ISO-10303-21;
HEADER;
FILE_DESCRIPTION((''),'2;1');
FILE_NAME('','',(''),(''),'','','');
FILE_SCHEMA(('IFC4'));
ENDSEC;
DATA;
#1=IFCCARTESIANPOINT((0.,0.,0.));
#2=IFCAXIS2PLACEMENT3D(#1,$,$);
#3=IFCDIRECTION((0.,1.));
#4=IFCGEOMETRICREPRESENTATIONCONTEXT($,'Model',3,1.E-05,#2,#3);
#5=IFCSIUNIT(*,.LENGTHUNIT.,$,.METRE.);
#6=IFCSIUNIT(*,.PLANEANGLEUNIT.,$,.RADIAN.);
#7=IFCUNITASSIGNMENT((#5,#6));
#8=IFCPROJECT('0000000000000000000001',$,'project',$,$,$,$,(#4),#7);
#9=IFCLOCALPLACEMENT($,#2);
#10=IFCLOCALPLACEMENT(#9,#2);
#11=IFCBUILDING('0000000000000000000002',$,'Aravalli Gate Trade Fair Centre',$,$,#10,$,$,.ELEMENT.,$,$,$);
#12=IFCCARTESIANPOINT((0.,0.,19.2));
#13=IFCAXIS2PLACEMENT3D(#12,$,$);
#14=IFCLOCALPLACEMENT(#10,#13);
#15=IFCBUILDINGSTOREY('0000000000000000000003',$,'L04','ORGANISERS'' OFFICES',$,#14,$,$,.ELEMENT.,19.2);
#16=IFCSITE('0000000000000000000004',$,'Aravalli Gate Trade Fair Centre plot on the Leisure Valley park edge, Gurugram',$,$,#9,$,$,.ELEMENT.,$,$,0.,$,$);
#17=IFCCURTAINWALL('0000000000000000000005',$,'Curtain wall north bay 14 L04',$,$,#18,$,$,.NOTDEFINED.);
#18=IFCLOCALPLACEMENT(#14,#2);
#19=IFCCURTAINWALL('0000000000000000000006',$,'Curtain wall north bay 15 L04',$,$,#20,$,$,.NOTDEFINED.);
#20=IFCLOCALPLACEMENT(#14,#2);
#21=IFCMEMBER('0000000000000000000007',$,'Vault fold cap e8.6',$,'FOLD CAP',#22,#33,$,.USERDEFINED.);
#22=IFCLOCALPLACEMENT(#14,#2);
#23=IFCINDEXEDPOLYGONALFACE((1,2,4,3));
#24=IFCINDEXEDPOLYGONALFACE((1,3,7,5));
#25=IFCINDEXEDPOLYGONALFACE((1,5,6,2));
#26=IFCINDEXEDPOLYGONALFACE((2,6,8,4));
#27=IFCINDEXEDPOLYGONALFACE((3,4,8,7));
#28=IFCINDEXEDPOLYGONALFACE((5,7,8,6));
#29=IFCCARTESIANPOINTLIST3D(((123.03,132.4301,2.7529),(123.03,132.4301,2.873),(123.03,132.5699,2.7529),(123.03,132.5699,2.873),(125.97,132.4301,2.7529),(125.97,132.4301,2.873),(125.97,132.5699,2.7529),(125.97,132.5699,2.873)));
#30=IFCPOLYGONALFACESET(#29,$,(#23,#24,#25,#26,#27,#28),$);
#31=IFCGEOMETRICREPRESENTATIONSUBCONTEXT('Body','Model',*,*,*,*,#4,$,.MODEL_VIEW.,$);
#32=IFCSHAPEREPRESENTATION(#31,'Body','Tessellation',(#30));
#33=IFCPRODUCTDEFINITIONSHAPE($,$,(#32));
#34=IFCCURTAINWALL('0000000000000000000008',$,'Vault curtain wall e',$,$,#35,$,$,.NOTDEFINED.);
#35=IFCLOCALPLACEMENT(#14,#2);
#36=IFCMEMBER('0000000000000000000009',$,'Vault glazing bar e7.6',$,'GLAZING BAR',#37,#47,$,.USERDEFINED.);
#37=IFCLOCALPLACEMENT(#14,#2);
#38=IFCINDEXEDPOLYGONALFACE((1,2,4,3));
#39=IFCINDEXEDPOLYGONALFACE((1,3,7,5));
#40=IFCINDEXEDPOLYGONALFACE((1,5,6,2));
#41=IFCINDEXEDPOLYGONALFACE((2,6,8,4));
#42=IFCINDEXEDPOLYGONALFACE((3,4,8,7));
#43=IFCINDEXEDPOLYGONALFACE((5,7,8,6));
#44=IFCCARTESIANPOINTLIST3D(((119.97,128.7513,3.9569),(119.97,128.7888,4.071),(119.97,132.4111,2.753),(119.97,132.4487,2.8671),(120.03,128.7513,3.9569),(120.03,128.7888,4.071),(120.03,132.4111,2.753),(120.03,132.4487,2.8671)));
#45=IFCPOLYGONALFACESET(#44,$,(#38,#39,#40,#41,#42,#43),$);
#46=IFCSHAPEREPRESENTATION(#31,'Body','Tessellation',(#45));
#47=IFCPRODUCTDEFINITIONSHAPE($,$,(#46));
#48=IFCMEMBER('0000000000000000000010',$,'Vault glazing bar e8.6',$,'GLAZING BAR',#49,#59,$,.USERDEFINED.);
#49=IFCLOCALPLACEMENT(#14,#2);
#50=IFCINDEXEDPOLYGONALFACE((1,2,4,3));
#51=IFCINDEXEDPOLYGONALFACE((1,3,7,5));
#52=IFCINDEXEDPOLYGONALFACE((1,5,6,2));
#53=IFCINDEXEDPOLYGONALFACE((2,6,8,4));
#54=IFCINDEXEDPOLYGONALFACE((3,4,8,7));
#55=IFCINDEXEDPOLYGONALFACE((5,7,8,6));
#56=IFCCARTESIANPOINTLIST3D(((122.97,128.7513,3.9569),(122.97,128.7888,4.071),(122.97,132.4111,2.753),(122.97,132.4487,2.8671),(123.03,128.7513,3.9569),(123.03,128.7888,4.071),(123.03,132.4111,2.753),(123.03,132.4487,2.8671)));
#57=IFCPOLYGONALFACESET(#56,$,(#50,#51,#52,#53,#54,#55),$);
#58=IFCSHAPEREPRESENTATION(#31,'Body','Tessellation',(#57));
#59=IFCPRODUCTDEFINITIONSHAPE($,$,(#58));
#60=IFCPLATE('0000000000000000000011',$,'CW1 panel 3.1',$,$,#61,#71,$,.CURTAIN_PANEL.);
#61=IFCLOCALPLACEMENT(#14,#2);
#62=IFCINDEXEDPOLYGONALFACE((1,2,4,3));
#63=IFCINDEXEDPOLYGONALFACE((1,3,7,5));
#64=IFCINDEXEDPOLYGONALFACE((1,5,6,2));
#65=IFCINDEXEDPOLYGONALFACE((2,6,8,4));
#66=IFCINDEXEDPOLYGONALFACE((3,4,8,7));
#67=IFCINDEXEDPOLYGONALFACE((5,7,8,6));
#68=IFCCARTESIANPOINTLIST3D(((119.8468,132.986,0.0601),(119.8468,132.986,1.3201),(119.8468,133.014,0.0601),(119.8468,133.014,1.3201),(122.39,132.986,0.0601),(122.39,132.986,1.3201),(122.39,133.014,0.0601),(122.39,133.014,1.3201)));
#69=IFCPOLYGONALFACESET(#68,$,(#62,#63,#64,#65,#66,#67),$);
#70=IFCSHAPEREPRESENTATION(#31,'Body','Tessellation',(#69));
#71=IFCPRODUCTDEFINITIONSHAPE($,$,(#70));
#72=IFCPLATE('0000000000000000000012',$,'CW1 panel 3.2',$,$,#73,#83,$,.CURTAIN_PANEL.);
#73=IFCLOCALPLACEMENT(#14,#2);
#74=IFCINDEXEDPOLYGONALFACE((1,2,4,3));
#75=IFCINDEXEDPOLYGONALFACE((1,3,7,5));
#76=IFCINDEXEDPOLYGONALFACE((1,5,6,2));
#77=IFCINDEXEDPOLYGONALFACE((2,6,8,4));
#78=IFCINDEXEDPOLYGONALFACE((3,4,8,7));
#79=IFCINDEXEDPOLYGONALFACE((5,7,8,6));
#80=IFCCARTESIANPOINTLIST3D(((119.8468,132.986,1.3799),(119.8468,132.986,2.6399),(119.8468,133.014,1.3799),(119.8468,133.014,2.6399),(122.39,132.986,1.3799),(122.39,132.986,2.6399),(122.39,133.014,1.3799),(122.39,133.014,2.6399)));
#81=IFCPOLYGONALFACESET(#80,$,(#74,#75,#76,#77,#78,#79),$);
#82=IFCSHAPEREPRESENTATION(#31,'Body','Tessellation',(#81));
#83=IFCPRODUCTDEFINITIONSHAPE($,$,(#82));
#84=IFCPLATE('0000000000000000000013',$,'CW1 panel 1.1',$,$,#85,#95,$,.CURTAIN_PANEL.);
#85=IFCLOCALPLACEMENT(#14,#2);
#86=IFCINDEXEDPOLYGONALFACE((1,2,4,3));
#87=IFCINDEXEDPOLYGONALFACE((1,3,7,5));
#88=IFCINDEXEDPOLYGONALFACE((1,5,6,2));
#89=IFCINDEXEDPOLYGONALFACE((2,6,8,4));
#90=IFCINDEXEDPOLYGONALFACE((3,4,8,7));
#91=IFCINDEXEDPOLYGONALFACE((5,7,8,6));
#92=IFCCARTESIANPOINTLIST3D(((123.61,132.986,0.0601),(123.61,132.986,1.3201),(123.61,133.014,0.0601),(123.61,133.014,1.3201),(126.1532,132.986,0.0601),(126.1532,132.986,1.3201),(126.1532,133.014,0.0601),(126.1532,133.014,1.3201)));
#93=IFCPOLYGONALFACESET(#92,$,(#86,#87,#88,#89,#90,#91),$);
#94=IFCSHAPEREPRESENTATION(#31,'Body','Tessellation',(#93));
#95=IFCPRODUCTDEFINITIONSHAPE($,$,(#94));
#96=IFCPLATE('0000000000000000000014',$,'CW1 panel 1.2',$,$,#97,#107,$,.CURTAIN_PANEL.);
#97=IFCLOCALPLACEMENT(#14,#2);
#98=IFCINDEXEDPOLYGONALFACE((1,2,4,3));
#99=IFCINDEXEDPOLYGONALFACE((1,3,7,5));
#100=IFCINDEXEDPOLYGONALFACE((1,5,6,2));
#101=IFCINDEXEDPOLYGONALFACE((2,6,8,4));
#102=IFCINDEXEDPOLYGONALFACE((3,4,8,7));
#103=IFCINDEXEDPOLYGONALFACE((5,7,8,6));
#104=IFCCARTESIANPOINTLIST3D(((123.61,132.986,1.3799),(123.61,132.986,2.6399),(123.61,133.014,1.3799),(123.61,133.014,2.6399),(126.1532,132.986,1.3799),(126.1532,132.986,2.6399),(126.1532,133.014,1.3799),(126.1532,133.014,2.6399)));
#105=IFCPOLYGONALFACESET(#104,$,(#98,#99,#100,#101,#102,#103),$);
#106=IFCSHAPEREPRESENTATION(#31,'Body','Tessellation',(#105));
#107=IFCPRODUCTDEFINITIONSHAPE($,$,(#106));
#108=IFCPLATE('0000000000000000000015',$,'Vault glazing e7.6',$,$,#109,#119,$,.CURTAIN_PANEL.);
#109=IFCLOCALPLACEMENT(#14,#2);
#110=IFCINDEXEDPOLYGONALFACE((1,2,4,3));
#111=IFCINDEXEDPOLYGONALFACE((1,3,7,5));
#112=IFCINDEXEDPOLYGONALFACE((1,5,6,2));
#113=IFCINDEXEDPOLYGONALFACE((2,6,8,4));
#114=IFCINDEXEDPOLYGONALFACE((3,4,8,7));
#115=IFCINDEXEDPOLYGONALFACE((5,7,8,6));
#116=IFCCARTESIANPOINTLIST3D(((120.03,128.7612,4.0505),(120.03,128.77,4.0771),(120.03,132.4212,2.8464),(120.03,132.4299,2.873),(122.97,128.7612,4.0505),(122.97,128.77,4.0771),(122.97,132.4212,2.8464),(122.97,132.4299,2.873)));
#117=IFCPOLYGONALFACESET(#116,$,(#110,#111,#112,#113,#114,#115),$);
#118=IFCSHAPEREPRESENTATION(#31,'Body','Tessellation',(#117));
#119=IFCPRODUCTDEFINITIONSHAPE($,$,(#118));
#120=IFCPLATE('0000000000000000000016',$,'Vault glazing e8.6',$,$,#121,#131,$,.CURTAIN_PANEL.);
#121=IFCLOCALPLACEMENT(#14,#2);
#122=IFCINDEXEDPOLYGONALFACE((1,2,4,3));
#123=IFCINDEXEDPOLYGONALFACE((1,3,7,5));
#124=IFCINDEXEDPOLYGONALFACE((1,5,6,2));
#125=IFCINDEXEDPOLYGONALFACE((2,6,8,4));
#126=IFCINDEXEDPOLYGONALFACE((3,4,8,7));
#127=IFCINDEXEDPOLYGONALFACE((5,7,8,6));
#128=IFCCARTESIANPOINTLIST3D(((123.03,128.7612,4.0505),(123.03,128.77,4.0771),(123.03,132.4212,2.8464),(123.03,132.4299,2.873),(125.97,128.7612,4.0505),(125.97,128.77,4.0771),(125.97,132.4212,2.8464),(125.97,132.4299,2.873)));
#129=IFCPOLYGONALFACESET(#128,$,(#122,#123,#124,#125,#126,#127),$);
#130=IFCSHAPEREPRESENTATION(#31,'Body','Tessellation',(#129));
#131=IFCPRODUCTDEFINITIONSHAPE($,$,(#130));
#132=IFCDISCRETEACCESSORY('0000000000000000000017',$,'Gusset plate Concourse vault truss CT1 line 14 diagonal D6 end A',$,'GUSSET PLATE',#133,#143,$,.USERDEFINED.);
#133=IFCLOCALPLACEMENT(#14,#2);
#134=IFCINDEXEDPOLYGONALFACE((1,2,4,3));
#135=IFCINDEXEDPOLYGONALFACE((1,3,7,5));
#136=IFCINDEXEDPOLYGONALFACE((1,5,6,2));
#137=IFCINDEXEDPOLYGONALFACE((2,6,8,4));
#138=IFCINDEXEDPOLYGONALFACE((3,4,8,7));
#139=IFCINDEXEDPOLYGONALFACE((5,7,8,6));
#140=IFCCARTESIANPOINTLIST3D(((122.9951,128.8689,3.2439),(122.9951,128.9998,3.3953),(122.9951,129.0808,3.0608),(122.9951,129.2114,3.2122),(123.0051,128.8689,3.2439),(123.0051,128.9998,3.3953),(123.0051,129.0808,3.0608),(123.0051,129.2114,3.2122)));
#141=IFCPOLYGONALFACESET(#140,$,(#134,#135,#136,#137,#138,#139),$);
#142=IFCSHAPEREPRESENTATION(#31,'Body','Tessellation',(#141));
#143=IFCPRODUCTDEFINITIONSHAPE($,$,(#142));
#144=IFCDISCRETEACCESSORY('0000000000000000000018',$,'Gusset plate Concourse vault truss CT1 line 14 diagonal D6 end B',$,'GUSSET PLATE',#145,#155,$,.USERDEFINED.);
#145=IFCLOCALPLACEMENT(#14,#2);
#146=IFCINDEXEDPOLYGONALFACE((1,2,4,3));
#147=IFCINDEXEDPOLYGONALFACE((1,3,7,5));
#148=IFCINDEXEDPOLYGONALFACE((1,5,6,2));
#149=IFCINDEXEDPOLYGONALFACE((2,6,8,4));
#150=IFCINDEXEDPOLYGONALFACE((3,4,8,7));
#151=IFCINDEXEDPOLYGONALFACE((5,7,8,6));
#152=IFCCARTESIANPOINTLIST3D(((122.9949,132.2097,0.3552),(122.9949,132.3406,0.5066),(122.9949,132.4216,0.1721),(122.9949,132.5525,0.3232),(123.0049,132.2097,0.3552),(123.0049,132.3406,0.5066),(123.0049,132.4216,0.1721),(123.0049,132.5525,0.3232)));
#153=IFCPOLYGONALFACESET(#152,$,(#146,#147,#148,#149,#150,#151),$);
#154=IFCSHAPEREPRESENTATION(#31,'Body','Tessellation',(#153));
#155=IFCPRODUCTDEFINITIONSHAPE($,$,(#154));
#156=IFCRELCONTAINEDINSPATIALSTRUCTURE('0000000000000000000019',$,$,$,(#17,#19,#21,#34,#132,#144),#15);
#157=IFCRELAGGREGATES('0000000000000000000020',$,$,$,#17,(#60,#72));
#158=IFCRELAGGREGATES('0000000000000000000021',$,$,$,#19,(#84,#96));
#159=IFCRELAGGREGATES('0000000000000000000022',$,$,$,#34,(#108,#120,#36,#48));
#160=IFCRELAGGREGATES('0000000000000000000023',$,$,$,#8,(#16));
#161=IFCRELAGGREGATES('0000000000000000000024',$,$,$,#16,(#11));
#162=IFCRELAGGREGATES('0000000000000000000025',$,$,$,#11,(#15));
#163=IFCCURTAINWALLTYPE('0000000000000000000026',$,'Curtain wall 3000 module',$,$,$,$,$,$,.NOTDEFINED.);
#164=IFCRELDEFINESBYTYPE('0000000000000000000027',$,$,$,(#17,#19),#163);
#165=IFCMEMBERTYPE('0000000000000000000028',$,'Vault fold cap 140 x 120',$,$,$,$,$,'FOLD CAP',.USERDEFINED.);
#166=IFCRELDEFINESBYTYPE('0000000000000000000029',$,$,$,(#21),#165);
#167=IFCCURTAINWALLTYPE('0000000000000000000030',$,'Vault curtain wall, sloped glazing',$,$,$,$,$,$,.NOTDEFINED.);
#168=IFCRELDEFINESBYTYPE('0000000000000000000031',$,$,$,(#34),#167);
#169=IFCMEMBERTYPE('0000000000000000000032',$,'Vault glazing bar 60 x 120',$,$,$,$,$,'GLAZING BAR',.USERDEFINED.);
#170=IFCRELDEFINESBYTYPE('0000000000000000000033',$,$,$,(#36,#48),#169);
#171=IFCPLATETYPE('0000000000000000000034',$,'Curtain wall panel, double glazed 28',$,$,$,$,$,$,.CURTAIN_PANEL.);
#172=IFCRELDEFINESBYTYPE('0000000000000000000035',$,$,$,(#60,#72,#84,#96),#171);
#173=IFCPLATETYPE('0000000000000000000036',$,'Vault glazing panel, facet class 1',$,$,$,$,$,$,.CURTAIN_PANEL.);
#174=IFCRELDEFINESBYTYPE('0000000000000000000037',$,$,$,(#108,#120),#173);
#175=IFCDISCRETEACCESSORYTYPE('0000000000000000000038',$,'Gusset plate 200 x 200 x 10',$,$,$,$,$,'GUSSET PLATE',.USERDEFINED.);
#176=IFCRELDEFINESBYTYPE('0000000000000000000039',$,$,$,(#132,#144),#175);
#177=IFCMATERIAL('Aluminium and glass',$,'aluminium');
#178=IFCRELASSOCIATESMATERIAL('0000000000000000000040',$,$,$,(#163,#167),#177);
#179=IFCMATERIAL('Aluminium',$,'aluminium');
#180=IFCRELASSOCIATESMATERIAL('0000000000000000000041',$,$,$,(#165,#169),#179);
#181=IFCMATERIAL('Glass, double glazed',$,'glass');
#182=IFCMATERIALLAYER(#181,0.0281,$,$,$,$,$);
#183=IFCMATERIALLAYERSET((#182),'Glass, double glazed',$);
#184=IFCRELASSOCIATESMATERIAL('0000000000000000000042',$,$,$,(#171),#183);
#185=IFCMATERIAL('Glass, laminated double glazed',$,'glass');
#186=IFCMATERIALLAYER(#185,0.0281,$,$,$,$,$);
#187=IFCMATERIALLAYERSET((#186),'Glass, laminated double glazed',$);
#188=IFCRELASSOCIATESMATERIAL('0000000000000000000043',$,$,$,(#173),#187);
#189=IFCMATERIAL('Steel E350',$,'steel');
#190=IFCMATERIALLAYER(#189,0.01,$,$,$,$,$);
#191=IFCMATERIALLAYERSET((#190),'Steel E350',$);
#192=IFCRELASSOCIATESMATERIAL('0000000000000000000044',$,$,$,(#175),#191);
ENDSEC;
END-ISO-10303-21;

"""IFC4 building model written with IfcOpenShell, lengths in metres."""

from ifc_helpers import new_model, si_unit, direction, frame, origin, origin_2d, place, context, subcontext, project, spatial, polyline, rectangle, outline, extrude, material, layer, layer_set, material_profile, profile_set, type_object, element, aggregate, save


model = new_model("IFC4")

# Units and contexts
model_context = context("Model", 3, precision=1e-05, world=origin(), true_north=direction((0.0, 1.0)))
body_context = subcontext(model_context, "Body", "Model", "MODEL_VIEW")
ifc_project = project(units=[si_unit("LENGTHUNIT", "METRE"), si_unit("PLANEANGLEUNIT", "RADIAN")], contexts=[model_context])

# Site, building, storey
site_placement = place(None, origin())
site = spatial("IfcSite", under=ifc_project, at=site_placement, Name="Aravalli Gate Trade Fair Centre plot on the Leisure Valley park edge, Gurugram", CompositionType="ELEMENT", RefElevation=0.0)
building_placement = place(site_placement, origin())
building = spatial("IfcBuilding", under=site, at=building_placement, Name="Aravalli Gate Trade Fair Centre", CompositionType="ELEMENT")
storey_placement = place(building_placement, frame((0.0, 0.0, 19.2)))
storey = spatial("IfcBuildingStorey", under=building, at=storey_placement, Name="L04", Description="ORGANISERS' OFFICES", CompositionType="ELEMENT", Elevation=19.2)

# Curtain wall
ifc_material_1 = material(Name="Aluminium and glass", Category="aluminium")
curtain_wall_type_1 = type_object("IfcCurtainWallType", Name="Curtain wall 3000 module", PredefinedType="NOTDEFINED", material=ifc_material_1)
curtain_wall_1_placement = place(storey_placement, origin())
curtain_wall_1 = element("IfcCurtainWall", 1, at=curtain_wall_1_placement, inside=storey, type_object=curtain_wall_type_1, Name="Curtain wall north bay 14 L04", PredefinedType="NOTDEFINED")
ifc_material_2 = material(Name="Aluminium", Category="aluminium")

# Curtain wall
curtain_wall_2_placement = place(storey_placement, origin())
curtain_wall_2 = element("IfcCurtainWall", 2, at=curtain_wall_2_placement, inside=storey, type_object=curtain_wall_type_1, Name="Curtain wall north bay 15 L04", PredefinedType="NOTDEFINED")

# Member
ifc_material_3 = material(Name="Steel E350", Category="steel")
ifc_material_profile_1 = material_profile(ifc_material_2, rectangle(XDim=0.1399, YDim=0.1201, at=origin_2d()), Name="Vault fold cap 140 x 120")
ifc_profile_set_1 = profile_set([ifc_material_profile_1], Name="Aluminium")
member_type_1 = type_object("IfcMemberType", Name="Vault fold cap 140 x 120", ElementType="FOLD CAP", PredefinedType="USERDEFINED", material=ifc_profile_set_1)
for number, where, z_axis, x_axis, name in (
    (3, (123.03, 132.5, 2.813), (1.0, 0.0, 0.0), (0.0, 1.0, 0.0), "Vault fold cap e8.6"),
):
    element("IfcMember", number, at=place(storey_placement, frame(where, z_axis=z_axis, x_axis=x_axis)), inside=storey, type_object=member_type_1, Name=name, ObjectType="FOLD CAP", PredefinedType="USERDEFINED", context=body_context, shape_type="SweptSolid", body=[
        extrude(rectangle(XDim=0.1399, YDim=0.1201, at=origin_2d()), origin(), (0.0, 0.0, 1.0), 2.9399),
    ])

# Curtain wall, members
curtain_wall_type_2 = type_object("IfcCurtainWallType", Name="Vault curtain wall, sloped glazing", PredefinedType="NOTDEFINED", material=ifc_material_1)
curtain_wall_3_placement = place(storey_placement, origin())
curtain_wall_3 = element("IfcCurtainWall", 4, at=curtain_wall_3_placement, inside=storey, type_object=curtain_wall_type_2, Name="Vault curtain wall e", PredefinedType="NOTDEFINED")
ifc_material_profile_2 = material_profile(ifc_material_2, rectangle(XDim=0.0601, YDim=0.1201, at=origin_2d()), Name="Vault glazing bar 60 x 120")
ifc_profile_set_2 = profile_set([ifc_material_profile_2], Name="Aluminium")
member_type_2 = type_object("IfcMemberType", Name="Vault glazing bar 60 x 120", ElementType="GLAZING BAR", PredefinedType="USERDEFINED", material=ifc_profile_set_2)
member_1_placement = place(storey_placement, frame((120.0, 128.77, 4.0139), z_axis=(0.0, 0.94993, -0.312461), x_axis=(-1.0, 0.0, 0.0)))
member_1 = element("IfcMember", 5, at=member_1_placement, type_object=member_type_2, Name="Vault glazing bar e7.6", ObjectType="GLAZING BAR", PredefinedType="USERDEFINED", context=body_context, shape_type="SweptSolid", body=[
    extrude(rectangle(XDim=0.0601, YDim=0.1201, at=origin_2d()), origin(), (0.0, 0.0, 1.0), 3.8528),
])
member_2_placement = place(storey_placement, frame((123.0, 128.77, 4.0139), z_axis=(0.0, 0.94993, -0.312461), x_axis=(-1.0, 0.0, 0.0)))
member_2 = element("IfcMember", 6, at=member_2_placement, type_object=member_type_2, Name="Vault glazing bar e8.6", ObjectType="GLAZING BAR", PredefinedType="USERDEFINED", context=body_context, shape_type="SweptSolid", body=[
    extrude(rectangle(XDim=0.0601, YDim=0.1201, at=origin_2d()), origin(), (0.0, 0.0, 1.0), 3.8528),
])

# Plates
ifc_material_4 = material(Name="Glass, double glazed", Category="glass")
ifc_layer_1 = layer(ifc_material_4, 0.0281)
ifc_layer_set_1 = layer_set([ifc_layer_1], Name="Glass, double glazed")
plate_type_1 = type_object("IfcPlateType", Name="Curtain wall panel, double glazed 28", PredefinedType="CURTAIN_PANEL", material=ifc_layer_set_1)
plate_1_placement = place(storey_placement, frame((121.1184, 133.0, 0.0601), z_axis=(0.0, 0.0, 1.0), x_axis=(1.0, 0.0, 0.0)))
plate_1 = element("IfcPlate", 7, at=plate_1_placement, type_object=plate_type_1, Name="CW1 panel 3.1", PredefinedType="CURTAIN_PANEL", context=body_context, shape_type="SweptSolid", body=[
    extrude(rectangle(XDim=2.5432, YDim=0.0281, at=origin_2d()), origin(), (0.0, 0.0, 1.0), 1.26),
])
plate_2_placement = place(storey_placement, frame((121.1184, 133.0, 1.3799), z_axis=(0.0, 0.0, 1.0), x_axis=(1.0, 0.0, 0.0)))
plate_2 = element("IfcPlate", 8, at=plate_2_placement, type_object=plate_type_1, Name="CW1 panel 3.2", PredefinedType="CURTAIN_PANEL", context=body_context, shape_type="SweptSolid", body=[
    extrude(rectangle(XDim=2.5432, YDim=0.0281, at=origin_2d()), origin(), (0.0, 0.0, 1.0), 1.26),
])
aggregate(curtain_wall_1, [plate_1, plate_2])
plate_3_placement = place(storey_placement, frame((124.8816, 133.0, 0.0601), z_axis=(0.0, 0.0, 1.0), x_axis=(1.0, 0.0, 0.0)))
plate_3 = element("IfcPlate", 9, at=plate_3_placement, type_object=plate_type_1, Name="CW1 panel 1.1", PredefinedType="CURTAIN_PANEL", context=body_context, shape_type="SweptSolid", body=[
    extrude(rectangle(XDim=2.5432, YDim=0.0281, at=origin_2d()), origin(), (0.0, 0.0, 1.0), 1.26),
])
plate_4_placement = place(storey_placement, frame((124.8816, 133.0, 1.3799), z_axis=(0.0, 0.0, 1.0), x_axis=(1.0, 0.0, 0.0)))
plate_4 = element("IfcPlate", 10, at=plate_4_placement, type_object=plate_type_1, Name="CW1 panel 1.2", PredefinedType="CURTAIN_PANEL", context=body_context, shape_type="SweptSolid", body=[
    extrude(rectangle(XDim=2.5432, YDim=0.0281, at=origin_2d()), origin(), (0.0, 0.0, 1.0), 1.26),
])
aggregate(curtain_wall_2, [plate_3, plate_4])
ifc_material_5 = material(Name="Glass, laminated double glazed", Category="glass")
ifc_layer_2 = layer(ifc_material_5, 0.0281)
ifc_layer_set_2 = layer_set([ifc_layer_2], Name="Glass, laminated double glazed")
plate_type_2 = type_object("IfcPlateType", Name="Vault glazing panel, facet class 1", PredefinedType="CURTAIN_PANEL", material=ifc_layer_set_2)
plate_5_placement = place(storey_placement, frame((120.03, 128.77, 4.0771), z_axis=(0.0, 0.312518, 0.949912), x_axis=(1.0, 0.0, 0.0)))
plate_5 = element("IfcPlate", 11, at=plate_5_placement, type_object=plate_type_2, Name="Vault glazing e7.6", PredefinedType="CURTAIN_PANEL", context=body_context, shape_type="SweptSolid", body=[
    extrude(outline(polyline([(0.0, 0.0), (2.9399, 0.0), (2.9399, 3.8529), (0.0, 3.8529), (0.0, 0.0)])), origin(), (0.0, 0.0, -1.0), 0.0281),
])
plate_6_placement = place(storey_placement, frame((123.03, 128.77, 4.0771), z_axis=(0.0, 0.312518, 0.949912), x_axis=(1.0, 0.0, 0.0)))
plate_6 = element("IfcPlate", 12, at=plate_6_placement, type_object=plate_type_2, Name="Vault glazing e8.6", PredefinedType="CURTAIN_PANEL", context=body_context, shape_type="SweptSolid", body=[
    extrude(outline(polyline([(0.0, 0.0), (2.9399, 0.0), (2.9399, 3.8529), (0.0, 3.8529), (0.0, 0.0)])), origin(), (0.0, 0.0, -1.0), 0.0281),
])
aggregate(curtain_wall_3, [plate_5, plate_6, member_1, member_2])

# Discrete accessories
ifc_layer_3 = layer(ifc_material_3, 0.01)
ifc_layer_set_3 = layer_set([ifc_layer_3], Name="Steel E350")
discrete_accessory_type = type_object("IfcDiscreteAccessoryType", Name="Gusset plate 200 x 200 x 10", ElementType="GUSSET PLATE", PredefinedType="USERDEFINED", material=ifc_layer_set_3)
discrete_accessory_1_placement = place(storey_placement, frame((122.9951, 129.0808, 3.0608), z_axis=(-1.0, 0.0, 0.0), x_axis=(0.0, -0.756666, 0.653801)))
element("IfcDiscreteAccessory", 13, at=discrete_accessory_1_placement, inside=storey, type_object=discrete_accessory_type, Name="Gusset plate Concourse vault truss CT1 line 14 diagonal D6 end A", ObjectType="GUSSET PLATE", PredefinedType="USERDEFINED", context=body_context, shape_type="SweptSolid", body=[
    extrude(outline(polyline([(0.0, 0.0), (0.2801, 0.0), (0.28, 0.2001), (0.0001, 0.1999), (0.0, 0.0)])), origin(), (0.0, 0.0, -1.0), 0.01),
])
discrete_accessory_2_placement = place(storey_placement, frame((123.0049, 132.2097, 0.3552), z_axis=(1.0, 0.0, 0.0), x_axis=(0.0, 0.756666, -0.653801)))
element("IfcDiscreteAccessory", 14, at=discrete_accessory_2_placement, inside=storey, type_object=discrete_accessory_type, Name="Gusset plate Concourse vault truss CT1 line 14 diagonal D6 end B", ObjectType="GUSSET PLATE", PredefinedType="USERDEFINED", context=body_context, shape_type="SweptSolid", body=[
    extrude(outline(polyline([(0.0, 0.0), (0.2801, 0.0), (0.2803, 0.1999), (0.0001, 0.2001), (0.0, 0.0)])), origin(), (0.0, 0.0, -1.0), 0.01),
])

save(model, "model.ifc")
